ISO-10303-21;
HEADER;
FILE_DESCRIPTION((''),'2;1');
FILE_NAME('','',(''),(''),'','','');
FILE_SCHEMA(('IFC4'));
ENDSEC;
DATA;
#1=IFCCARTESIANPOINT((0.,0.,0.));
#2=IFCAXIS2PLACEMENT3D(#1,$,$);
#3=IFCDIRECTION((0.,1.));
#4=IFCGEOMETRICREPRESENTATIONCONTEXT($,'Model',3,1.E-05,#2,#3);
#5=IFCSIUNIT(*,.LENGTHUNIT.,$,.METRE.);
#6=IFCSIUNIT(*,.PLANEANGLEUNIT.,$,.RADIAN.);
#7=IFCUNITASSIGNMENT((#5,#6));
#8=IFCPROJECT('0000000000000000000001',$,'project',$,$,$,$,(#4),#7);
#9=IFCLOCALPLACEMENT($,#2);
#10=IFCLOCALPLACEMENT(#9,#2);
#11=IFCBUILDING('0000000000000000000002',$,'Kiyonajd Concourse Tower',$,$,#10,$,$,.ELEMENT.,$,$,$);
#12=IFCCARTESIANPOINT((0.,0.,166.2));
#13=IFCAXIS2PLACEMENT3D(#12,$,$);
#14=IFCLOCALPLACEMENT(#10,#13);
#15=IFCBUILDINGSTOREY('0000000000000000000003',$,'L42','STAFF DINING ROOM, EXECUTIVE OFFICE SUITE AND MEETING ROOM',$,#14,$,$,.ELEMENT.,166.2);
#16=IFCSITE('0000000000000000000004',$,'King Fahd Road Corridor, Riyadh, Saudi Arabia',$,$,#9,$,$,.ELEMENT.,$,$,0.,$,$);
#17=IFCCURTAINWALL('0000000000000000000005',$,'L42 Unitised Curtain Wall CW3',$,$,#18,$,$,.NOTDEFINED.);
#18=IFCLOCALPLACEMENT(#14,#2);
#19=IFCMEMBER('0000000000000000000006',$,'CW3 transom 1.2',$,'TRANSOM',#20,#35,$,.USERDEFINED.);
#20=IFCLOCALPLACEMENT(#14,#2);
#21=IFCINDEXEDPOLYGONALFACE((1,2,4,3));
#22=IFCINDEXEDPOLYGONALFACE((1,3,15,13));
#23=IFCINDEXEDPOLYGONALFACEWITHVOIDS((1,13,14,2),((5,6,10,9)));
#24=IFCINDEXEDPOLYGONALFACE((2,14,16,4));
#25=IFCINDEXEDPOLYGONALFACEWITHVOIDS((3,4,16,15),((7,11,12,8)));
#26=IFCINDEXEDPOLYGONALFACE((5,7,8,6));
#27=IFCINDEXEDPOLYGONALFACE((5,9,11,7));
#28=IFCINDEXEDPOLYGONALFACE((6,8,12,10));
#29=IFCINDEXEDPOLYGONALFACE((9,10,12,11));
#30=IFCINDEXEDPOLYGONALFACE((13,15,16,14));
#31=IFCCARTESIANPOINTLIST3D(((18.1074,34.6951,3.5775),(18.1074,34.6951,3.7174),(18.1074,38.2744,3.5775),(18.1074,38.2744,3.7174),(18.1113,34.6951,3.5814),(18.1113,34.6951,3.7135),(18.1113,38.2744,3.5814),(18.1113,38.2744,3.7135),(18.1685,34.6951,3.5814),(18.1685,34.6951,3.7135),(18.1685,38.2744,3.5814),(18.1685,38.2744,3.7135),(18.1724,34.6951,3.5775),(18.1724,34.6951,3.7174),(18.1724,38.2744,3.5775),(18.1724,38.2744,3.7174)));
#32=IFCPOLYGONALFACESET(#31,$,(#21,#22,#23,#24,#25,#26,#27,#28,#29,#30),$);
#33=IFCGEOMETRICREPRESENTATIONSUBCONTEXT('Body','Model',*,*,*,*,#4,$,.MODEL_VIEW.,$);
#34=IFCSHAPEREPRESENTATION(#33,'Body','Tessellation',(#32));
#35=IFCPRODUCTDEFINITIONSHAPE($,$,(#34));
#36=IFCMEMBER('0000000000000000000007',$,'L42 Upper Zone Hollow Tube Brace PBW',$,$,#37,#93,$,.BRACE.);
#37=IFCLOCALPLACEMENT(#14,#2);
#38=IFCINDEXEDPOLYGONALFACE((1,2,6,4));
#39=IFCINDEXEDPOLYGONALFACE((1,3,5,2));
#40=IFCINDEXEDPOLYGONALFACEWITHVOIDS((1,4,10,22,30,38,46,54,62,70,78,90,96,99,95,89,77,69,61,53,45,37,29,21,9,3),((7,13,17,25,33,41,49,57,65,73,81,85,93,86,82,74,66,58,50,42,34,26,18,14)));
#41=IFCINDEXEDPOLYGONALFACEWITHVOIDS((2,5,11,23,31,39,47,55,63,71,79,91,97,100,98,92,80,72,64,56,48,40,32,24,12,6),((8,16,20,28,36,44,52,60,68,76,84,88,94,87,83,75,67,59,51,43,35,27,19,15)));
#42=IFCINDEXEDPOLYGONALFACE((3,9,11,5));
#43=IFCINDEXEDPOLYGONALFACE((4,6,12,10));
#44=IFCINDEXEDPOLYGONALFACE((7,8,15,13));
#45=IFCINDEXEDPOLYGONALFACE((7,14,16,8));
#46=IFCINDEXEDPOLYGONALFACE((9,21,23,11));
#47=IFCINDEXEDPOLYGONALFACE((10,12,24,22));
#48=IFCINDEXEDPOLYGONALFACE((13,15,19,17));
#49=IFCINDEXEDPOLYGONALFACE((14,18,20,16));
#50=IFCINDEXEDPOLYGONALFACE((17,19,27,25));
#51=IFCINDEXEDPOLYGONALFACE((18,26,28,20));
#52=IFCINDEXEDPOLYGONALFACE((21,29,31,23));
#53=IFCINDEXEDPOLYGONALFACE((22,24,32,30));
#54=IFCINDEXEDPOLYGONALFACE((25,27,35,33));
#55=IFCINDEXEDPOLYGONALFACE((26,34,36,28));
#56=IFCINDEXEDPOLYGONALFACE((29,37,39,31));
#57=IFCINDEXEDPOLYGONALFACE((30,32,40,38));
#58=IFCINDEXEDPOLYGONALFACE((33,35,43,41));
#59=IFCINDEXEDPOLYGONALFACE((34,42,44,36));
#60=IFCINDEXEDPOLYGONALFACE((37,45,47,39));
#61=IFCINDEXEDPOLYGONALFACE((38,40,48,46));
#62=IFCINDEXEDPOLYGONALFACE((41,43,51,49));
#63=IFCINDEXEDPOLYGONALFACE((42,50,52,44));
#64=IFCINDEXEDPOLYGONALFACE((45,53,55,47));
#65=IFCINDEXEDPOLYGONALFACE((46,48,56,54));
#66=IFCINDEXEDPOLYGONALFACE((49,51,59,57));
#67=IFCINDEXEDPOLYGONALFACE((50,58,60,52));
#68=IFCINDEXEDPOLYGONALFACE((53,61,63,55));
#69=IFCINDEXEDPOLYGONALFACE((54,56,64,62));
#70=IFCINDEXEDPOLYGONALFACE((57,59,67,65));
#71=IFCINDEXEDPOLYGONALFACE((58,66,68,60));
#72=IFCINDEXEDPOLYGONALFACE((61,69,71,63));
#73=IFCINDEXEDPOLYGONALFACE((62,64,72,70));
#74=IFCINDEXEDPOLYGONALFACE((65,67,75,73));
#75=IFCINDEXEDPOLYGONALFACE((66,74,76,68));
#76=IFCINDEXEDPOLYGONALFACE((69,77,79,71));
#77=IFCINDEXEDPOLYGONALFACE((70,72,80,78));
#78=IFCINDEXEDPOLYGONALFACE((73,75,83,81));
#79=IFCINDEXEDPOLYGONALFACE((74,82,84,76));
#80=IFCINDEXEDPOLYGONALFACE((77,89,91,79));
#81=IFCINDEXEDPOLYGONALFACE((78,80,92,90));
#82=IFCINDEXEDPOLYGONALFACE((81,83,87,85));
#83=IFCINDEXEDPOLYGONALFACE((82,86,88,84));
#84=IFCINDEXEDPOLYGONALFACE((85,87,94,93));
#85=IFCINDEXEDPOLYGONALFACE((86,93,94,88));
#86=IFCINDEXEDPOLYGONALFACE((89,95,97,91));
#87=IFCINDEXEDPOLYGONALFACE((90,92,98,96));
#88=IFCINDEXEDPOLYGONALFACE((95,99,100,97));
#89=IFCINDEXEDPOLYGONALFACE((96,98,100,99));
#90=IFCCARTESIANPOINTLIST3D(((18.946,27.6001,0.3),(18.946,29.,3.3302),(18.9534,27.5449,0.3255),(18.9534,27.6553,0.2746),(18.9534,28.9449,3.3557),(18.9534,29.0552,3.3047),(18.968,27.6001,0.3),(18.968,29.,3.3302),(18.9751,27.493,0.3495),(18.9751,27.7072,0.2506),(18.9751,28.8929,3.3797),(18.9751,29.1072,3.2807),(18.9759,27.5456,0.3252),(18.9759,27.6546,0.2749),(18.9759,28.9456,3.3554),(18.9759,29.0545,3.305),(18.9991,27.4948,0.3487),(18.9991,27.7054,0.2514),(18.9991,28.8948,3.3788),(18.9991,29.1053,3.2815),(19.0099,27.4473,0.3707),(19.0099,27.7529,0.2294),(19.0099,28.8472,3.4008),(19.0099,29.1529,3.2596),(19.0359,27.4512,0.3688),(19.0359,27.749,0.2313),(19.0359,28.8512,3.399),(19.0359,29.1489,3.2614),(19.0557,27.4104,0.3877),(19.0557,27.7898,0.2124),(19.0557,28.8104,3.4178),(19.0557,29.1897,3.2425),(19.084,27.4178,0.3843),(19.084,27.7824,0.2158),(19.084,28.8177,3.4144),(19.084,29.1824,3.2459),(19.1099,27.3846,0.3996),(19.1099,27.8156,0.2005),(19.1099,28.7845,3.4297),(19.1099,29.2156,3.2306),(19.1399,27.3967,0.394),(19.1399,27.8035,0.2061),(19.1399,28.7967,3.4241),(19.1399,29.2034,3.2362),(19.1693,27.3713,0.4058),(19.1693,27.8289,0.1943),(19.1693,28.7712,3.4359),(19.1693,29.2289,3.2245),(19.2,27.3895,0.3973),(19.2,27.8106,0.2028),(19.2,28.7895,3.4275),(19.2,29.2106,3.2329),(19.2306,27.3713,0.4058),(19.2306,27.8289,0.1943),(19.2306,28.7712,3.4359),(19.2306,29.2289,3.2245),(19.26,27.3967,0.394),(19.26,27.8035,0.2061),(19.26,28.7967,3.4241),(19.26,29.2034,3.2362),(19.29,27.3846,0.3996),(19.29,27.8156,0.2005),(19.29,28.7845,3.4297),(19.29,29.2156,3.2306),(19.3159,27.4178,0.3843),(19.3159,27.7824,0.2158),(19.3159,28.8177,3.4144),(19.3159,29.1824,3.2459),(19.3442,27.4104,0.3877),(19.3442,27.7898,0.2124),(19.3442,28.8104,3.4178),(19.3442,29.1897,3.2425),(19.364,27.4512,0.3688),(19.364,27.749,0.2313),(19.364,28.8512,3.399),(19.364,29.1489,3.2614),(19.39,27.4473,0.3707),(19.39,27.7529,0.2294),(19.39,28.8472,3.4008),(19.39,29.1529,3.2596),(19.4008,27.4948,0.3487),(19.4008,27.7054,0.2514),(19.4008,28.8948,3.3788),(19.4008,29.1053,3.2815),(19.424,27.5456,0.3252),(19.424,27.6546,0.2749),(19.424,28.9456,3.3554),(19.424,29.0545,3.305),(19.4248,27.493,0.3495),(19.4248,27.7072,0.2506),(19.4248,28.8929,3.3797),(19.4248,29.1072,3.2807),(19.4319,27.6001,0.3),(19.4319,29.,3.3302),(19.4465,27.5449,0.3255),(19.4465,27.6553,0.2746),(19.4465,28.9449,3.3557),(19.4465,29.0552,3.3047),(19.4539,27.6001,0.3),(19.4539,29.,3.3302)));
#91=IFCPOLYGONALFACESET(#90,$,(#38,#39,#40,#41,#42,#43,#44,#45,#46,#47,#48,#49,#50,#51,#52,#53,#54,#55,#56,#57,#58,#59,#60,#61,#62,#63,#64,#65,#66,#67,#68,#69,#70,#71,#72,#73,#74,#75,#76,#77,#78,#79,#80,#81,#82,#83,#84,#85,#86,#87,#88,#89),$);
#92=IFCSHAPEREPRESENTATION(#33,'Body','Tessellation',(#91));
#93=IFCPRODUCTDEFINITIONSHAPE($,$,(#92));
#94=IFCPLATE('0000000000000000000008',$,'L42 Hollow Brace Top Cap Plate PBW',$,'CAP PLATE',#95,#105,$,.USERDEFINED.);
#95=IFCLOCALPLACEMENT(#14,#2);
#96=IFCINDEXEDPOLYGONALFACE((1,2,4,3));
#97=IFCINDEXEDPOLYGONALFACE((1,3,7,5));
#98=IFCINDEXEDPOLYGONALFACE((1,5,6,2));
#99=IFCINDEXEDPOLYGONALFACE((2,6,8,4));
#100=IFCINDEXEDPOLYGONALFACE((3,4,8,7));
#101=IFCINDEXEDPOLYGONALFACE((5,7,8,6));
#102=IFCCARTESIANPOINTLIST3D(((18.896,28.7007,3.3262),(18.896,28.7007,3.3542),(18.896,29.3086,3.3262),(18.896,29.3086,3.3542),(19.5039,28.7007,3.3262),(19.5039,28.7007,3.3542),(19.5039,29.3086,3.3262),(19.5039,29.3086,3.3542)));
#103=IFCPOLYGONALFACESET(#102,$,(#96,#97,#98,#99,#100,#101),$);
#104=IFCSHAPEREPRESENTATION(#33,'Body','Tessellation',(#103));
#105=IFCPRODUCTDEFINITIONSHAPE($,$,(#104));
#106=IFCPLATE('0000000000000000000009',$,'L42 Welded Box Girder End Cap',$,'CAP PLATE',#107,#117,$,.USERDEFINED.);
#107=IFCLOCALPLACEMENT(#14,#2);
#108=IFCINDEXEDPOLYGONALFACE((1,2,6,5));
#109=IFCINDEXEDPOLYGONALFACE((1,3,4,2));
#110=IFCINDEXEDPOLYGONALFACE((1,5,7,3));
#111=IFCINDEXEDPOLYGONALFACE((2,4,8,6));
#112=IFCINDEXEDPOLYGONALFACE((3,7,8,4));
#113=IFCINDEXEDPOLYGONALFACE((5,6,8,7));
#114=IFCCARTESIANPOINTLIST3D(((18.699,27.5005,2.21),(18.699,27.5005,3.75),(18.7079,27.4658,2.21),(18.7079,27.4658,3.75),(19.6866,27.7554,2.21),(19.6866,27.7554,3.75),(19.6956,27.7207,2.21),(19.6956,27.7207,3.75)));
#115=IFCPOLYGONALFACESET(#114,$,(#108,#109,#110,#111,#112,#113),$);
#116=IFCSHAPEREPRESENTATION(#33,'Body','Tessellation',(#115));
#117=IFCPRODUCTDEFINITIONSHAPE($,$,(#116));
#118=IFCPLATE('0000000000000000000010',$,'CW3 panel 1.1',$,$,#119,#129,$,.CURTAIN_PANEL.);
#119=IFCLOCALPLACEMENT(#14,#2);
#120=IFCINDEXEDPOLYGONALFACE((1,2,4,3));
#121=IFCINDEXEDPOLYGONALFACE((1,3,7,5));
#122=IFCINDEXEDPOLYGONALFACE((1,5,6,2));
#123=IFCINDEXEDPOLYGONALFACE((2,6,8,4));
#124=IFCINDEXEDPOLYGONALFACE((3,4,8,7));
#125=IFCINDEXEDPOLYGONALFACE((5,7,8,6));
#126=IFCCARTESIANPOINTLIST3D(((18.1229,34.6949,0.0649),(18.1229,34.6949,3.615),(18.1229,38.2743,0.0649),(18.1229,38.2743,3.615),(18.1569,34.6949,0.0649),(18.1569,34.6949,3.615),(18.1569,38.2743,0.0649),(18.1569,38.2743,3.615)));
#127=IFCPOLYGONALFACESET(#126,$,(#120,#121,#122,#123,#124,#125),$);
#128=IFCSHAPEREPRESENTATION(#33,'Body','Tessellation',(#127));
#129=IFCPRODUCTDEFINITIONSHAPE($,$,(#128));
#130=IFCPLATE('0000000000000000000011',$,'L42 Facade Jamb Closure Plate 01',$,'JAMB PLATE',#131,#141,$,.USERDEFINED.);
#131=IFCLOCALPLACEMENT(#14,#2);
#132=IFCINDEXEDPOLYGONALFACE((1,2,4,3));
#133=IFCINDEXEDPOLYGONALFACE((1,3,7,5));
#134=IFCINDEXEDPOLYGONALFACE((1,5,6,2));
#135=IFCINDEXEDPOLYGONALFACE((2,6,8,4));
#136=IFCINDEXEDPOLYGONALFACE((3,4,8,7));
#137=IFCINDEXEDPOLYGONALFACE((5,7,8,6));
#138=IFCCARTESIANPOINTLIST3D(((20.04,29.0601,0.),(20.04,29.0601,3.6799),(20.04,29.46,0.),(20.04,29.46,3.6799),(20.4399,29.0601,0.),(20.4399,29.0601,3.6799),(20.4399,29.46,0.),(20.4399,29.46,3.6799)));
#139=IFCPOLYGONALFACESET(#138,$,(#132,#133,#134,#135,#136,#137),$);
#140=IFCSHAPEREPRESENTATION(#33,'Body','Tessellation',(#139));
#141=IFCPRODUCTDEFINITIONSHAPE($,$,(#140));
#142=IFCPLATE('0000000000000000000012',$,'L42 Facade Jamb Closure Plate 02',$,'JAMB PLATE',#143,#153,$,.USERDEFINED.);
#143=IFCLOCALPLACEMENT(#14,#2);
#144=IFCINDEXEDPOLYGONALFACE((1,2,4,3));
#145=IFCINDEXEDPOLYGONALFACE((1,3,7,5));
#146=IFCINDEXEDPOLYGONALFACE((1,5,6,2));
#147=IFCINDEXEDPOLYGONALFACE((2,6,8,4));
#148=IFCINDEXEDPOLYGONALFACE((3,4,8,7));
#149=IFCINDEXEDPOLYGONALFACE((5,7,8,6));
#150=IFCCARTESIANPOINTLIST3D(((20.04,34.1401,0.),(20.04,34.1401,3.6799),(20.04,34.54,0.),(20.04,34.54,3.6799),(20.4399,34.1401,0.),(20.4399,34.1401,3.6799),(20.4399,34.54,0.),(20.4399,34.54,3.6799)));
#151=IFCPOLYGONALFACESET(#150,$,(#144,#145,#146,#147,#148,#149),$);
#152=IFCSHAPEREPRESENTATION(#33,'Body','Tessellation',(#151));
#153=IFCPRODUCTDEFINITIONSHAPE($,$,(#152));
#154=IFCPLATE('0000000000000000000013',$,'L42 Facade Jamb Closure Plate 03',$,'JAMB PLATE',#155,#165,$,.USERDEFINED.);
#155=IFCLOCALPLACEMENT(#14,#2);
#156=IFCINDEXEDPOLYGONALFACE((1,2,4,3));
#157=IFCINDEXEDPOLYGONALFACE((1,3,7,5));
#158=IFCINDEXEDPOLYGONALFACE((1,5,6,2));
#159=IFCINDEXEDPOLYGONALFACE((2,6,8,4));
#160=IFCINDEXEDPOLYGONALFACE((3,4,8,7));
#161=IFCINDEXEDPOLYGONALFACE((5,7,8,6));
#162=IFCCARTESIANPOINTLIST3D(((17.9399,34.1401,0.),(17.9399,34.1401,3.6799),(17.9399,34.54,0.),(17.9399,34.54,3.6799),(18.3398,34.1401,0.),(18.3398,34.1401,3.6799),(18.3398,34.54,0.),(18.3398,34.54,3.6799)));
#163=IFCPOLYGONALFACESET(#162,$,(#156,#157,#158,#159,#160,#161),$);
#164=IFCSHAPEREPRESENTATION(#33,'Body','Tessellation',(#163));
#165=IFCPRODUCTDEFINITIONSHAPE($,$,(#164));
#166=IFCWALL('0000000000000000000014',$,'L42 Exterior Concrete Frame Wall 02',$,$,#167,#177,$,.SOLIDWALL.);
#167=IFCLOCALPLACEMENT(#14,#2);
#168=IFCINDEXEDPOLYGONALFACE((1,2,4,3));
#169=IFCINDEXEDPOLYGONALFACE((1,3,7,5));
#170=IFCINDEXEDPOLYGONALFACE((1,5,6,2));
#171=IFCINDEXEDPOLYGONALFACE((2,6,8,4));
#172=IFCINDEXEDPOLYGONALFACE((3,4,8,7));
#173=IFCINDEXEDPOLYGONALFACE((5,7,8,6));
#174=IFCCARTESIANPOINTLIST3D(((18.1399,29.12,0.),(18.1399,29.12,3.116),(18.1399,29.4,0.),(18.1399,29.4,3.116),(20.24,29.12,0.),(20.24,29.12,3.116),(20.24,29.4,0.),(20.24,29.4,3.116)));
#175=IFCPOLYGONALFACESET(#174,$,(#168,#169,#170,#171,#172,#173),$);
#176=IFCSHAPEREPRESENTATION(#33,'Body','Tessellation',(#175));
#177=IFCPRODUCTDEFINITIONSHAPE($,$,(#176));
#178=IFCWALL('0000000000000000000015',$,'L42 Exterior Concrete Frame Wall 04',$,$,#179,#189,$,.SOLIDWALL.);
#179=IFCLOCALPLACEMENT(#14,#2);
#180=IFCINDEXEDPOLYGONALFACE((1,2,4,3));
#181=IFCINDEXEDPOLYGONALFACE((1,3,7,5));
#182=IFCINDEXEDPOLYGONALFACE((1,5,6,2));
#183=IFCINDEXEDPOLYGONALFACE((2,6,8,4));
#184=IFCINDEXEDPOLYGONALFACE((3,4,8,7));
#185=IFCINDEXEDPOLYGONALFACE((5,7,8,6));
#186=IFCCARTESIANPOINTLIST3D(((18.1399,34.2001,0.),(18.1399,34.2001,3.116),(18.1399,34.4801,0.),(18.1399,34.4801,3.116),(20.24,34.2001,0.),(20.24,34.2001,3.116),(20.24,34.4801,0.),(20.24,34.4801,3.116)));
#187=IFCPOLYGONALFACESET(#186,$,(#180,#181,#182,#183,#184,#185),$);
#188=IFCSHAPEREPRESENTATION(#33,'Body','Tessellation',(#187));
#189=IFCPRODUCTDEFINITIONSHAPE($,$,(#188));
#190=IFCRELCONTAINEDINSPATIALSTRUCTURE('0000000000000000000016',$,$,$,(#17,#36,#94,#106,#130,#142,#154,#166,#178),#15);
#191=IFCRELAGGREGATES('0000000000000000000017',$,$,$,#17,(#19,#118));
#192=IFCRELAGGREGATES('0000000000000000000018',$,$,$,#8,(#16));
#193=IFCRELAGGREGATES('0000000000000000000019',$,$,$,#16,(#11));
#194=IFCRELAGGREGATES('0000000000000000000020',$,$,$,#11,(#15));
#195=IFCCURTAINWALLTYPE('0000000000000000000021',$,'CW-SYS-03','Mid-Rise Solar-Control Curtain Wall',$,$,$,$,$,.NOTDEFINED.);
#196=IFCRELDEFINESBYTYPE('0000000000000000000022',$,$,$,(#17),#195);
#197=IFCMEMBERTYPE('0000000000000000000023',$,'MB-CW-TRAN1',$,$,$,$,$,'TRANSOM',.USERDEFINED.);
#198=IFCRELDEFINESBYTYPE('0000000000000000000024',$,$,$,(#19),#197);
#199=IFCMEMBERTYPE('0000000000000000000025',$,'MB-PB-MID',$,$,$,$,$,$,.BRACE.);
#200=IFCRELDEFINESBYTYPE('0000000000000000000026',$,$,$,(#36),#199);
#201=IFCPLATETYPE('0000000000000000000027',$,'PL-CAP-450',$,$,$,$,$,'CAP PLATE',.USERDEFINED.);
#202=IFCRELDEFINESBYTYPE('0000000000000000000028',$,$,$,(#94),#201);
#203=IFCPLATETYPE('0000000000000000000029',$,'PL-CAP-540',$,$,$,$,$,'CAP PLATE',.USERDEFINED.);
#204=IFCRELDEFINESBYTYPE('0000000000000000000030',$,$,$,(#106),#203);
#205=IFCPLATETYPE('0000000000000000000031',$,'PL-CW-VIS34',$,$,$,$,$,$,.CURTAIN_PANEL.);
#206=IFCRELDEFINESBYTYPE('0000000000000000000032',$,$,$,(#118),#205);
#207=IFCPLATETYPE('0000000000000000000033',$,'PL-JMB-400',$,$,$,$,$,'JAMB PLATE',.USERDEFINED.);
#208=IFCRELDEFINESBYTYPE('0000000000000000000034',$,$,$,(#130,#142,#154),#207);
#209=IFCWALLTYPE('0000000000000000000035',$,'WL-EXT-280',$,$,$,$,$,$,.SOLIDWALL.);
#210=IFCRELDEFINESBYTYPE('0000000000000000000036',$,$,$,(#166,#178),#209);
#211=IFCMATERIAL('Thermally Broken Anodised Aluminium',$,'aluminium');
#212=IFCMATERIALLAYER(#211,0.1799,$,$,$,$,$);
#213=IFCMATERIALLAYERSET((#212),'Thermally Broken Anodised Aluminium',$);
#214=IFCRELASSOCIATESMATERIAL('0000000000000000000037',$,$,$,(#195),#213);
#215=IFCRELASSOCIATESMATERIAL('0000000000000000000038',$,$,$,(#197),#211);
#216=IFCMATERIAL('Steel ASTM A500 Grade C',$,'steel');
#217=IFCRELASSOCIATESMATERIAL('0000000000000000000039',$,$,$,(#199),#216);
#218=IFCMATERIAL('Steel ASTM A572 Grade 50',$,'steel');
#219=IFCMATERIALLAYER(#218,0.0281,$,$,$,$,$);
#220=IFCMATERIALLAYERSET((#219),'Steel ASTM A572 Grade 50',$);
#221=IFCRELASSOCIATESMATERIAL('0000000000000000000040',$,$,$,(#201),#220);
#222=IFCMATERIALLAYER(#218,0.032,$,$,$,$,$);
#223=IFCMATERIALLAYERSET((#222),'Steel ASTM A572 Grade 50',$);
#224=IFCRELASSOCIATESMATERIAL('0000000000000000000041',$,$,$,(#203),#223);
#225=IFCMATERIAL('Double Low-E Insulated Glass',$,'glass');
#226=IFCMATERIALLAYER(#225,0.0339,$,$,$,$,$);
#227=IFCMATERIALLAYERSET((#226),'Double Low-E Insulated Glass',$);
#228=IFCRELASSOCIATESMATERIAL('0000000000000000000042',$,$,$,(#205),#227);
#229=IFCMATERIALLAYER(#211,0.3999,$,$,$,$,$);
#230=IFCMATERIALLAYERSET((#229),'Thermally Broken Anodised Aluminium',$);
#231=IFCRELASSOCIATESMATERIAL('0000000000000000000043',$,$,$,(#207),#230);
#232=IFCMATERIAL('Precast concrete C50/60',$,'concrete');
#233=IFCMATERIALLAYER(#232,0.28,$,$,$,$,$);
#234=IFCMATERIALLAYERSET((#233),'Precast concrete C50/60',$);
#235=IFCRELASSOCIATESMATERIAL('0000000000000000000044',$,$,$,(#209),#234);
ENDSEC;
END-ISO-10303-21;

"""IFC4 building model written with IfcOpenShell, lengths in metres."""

from ifc_helpers import new_model, si_unit, direction, frame, frame_2d, origin, origin_2d, place, context, subcontext, project, spatial, rectangle, hollow_rectangle, hollow_circle, extrude, material, layer, layer_set, material_profile, profile_set, type_object, element, aggregate, save


model = new_model("IFC4")

# Units and contexts
model_context = context("Model", 3, precision=1e-05, world=origin(), true_north=direction((0.0, 1.0)))
body_context = subcontext(model_context, "Body", "Model", "MODEL_VIEW")
ifc_project = project(units=[si_unit("LENGTHUNIT", "METRE"), si_unit("PLANEANGLEUNIT", "RADIAN")], contexts=[model_context])

# Site, building, storey
site_placement = place(None, origin())
site = spatial("IfcSite", under=ifc_project, at=site_placement, Name="King Fahd Road Corridor, Riyadh, Saudi Arabia", CompositionType="ELEMENT", RefElevation=0.0)
building_placement = place(site_placement, origin())
building = spatial("IfcBuilding", under=site, at=building_placement, Name="Kiyonajd Concourse Tower", CompositionType="ELEMENT")
storey_placement = place(building_placement, frame((0.0, 0.0, 166.2)))
storey = spatial("IfcBuildingStorey", under=building, at=storey_placement, Name="L42", Description="STAFF DINING ROOM, EXECUTIVE OFFICE SUITE AND MEETING ROOM", CompositionType="ELEMENT", Elevation=166.2)

# Shared definitions
ifc_material_1 = material(Name="Steel ASTM A572 Grade 50", Category="steel")

# Curtain wall, member
ifc_material_2 = material(Name="Thermally Broken Anodised Aluminium", Category="aluminium")
ifc_layer_1 = layer(ifc_material_2, 0.1799)
ifc_layer_set_1 = layer_set([ifc_layer_1], Name="Thermally Broken Anodised Aluminium")
curtain_wall_type = type_object("IfcCurtainWallType", Name="CW-SYS-03", Description="Mid-Rise Solar-Control Curtain Wall", PredefinedType="NOTDEFINED", material=ifc_layer_set_1)
curtain_wall_placement = place(storey_placement, origin())
curtain_wall = element("IfcCurtainWall", 1, at=curtain_wall_placement, inside=storey, type_object=curtain_wall_type, Name="L42 Unitised Curtain Wall CW3", PredefinedType="NOTDEFINED")
ifc_material_profile_1 = material_profile(ifc_material_2, hollow_rectangle(XDim=0.0649, YDim=0.1399, WallThickness=0.0039, at=origin_2d()), Name="TRAN-65x140")
ifc_profile_set_1 = profile_set([ifc_material_profile_1], Name="Thermally Broken Anodised Aluminium")
member_type_1 = type_object("IfcMemberType", Name="MB-CW-TRAN1", ElementType="TRANSOM", PredefinedType="USERDEFINED", material=ifc_profile_set_1)
member_1_placement = place(storey_placement, frame((18.1399, 34.6951, 3.6475), z_axis=(0.0, 1.0, 0.0), x_axis=(-1.0, 0.0, 0.0)))
member_1 = element("IfcMember", 2, at=member_1_placement, type_object=member_type_1, Name="CW3 transom 1.2", ObjectType="TRANSOM", PredefinedType="USERDEFINED", context=body_context, shape_type="SweptSolid", body=[
    extrude(hollow_rectangle(XDim=0.0649, YDim=0.1399, WallThickness=0.0039, at=origin_2d()), origin(), (0.0, 0.0, 1.0), 3.5793),
])

# Member
ifc_material_3 = material(Name="Steel ASTM A500 Grade C", Category="steel")
ifc_material_profile_2 = material_profile(ifc_material_3, hollow_circle(Radius=0.2539, WallThickness=0.022, at=origin_2d()), Name="CHS-508x22")
ifc_profile_set_2 = profile_set([ifc_material_profile_2], Name="Steel ASTM A500 Grade C")
member_type_2 = type_object("IfcMemberType", Name="MB-PB-MID", PredefinedType="BRACE", material=ifc_profile_set_2)
member_2_placement = place(storey_placement, frame((19.2, 27.6001, 0.3), z_axis=(0.0, 0.419411, 0.907797), x_axis=(-1.0, 0.0, 0.0)))
element("IfcMember", 3, at=member_2_placement, inside=storey, type_object=member_type_2, Name="L42 Upper Zone Hollow Tube Brace PBW", PredefinedType="BRACE", context=body_context, shape_type="SweptSolid", body=[
    extrude(hollow_circle(Radius=0.2539, WallThickness=0.022, at=origin_2d()), origin(), (0.0, 0.0, 1.0), 3.3379),
])

# Plates
ifc_layer_2 = layer(ifc_material_1, 0.0281)
ifc_layer_set_2 = layer_set([ifc_layer_2], Name="Steel ASTM A572 Grade 50")
plate_type_1 = type_object("IfcPlateType", Name="PL-CAP-450", ElementType="CAP PLATE", PredefinedType="USERDEFINED", material=ifc_layer_set_2)
plate_1_placement = place(storey_placement, frame((19.2, 29.0046, 3.3262), z_axis=(0.0, 0.0, 1.0), x_axis=(1.0, 0.0, 0.0)))
element("IfcPlate", 4, at=plate_1_placement, inside=storey, type_object=plate_type_1, Name="L42 Hollow Brace Top Cap Plate PBW", ObjectType="CAP PLATE", PredefinedType="USERDEFINED", context=body_context, shape_type="SweptSolid", body=[
    extrude(rectangle(XDim=0.6079, YDim=0.6079, at=origin_2d()), origin(), (0.0, 0.0, 1.0), 0.0281),
])
ifc_layer_3 = layer(ifc_material_1, 0.032)
ifc_layer_set_3 = layer_set([ifc_layer_3], Name="Steel ASTM A572 Grade 50")
plate_type_2 = type_object("IfcPlateType", Name="PL-CAP-540", ElementType="CAP PLATE", PredefinedType="USERDEFINED", material=ifc_layer_set_3)
plate_2_placement = place(storey_placement, frame((19.1973, 27.6106, 2.21), z_axis=(0.0, 0.0, 1.0), x_axis=(-0.249873, 0.968279, 0.0)))
element("IfcPlate", 5, at=plate_2_placement, inside=storey, type_object=plate_type_2, Name="L42 Welded Box Girder End Cap", ObjectType="CAP PLATE", PredefinedType="USERDEFINED", context=body_context, shape_type="SweptSolid", body=[
    extrude(rectangle(XDim=0.0359, YDim=1.02, at=origin_2d()), origin(), (0.0, 0.0, 1.0), 1.54),
])

# Plate
ifc_material_4 = material(Name="Double Low-E Insulated Glass", Category="glass")
ifc_layer_4 = layer(ifc_material_4, 0.0339)
ifc_layer_set_4 = layer_set([ifc_layer_4], Name="Double Low-E Insulated Glass")
plate_type_3 = type_object("IfcPlateType", Name="PL-CW-VIS34", PredefinedType="CURTAIN_PANEL", material=ifc_layer_set_4)
plate_3_placement = place(storey_placement, frame((18.1399, 36.4846, 0.0649), z_axis=(0.0, 0.0, 1.0), x_axis=(0.0, 1.0, 0.0)))
plate_3 = element("IfcPlate", 6, at=plate_3_placement, type_object=plate_type_3, Name="CW3 panel 1.1", PredefinedType="CURTAIN_PANEL", context=body_context, shape_type="SweptSolid", body=[
    extrude(rectangle(XDim=3.5793, YDim=0.0339, at=origin_2d()), origin(), (0.0, 0.0, 1.0), 3.55),
])
aggregate(curtain_wall, [member_1, plate_3])

# Plates
ifc_layer_5 = layer(ifc_material_2, 0.3999)
ifc_layer_set_5 = layer_set([ifc_layer_5], Name="Thermally Broken Anodised Aluminium")
plate_type_4 = type_object("IfcPlateType", Name="PL-JMB-400", ElementType="JAMB PLATE", PredefinedType="USERDEFINED", material=ifc_layer_set_5)
for number, where, z_axis, x_axis, name in (
    (7, (20.24, 29.26, 0.0), (0.0, 0.0, 1.0), (1.0, 0.0, 0.0), "L42 Facade Jamb Closure Plate 01"),
    (8, (20.24, 34.3401, 0.0), (0.0, 0.0, 1.0), (1.0, 0.0, 0.0), "L42 Facade Jamb Closure Plate 02"),
    (9, (18.1399, 34.3401, 0.0), (0.0, 0.0, 1.0), (1.0, 0.0, 0.0), "L42 Facade Jamb Closure Plate 03"),
):
    element("IfcPlate", number, at=place(storey_placement, frame(where, z_axis=z_axis, x_axis=x_axis)), inside=storey, type_object=plate_type_4, Name=name, ObjectType="JAMB PLATE", PredefinedType="USERDEFINED", context=body_context, shape_type="SweptSolid", body=[
        extrude(rectangle(XDim=0.3999, YDim=0.3999, at=origin_2d()), origin(), (0.0, 0.0, 1.0), 3.6799),
    ])

# Walls
ifc_material_5 = material(Name="Precast concrete C50/60", Category="concrete")
ifc_layer_6 = layer(ifc_material_5, 0.28)
ifc_layer_set_6 = layer_set([ifc_layer_6], Name="Precast concrete C50/60")
wall_type_1 = type_object("IfcWallType", Name="WL-EXT-280", PredefinedType="SOLIDWALL", material=ifc_layer_set_6)
for number, where, z_axis, x_axis, name in (
    (10, (18.1399, 29.26, 0.0), (0.0, 0.0, 1.0), (1.0, 0.0, 0.0), "L42 Exterior Concrete Frame Wall 02"),
    (11, (20.24, 34.3401, 0.0), (0.0, 0.0, 1.0), (-1.0, 0.0, 0.0), "L42 Exterior Concrete Frame Wall 04"),
):
    element("IfcWall", number, at=place(storey_placement, frame(where, z_axis=z_axis, x_axis=x_axis)), inside=storey, type_object=wall_type_1, Name=name, PredefinedType="SOLIDWALL", context=body_context, shape_type="SweptSolid", body=[
        extrude(rectangle(XDim=2.1001, YDim=0.28, at=frame_2d((1.05, 0.0))), origin(), (0.0, 0.0, 1.0), 3.116),
    ])

save(model, "model.ifc")
